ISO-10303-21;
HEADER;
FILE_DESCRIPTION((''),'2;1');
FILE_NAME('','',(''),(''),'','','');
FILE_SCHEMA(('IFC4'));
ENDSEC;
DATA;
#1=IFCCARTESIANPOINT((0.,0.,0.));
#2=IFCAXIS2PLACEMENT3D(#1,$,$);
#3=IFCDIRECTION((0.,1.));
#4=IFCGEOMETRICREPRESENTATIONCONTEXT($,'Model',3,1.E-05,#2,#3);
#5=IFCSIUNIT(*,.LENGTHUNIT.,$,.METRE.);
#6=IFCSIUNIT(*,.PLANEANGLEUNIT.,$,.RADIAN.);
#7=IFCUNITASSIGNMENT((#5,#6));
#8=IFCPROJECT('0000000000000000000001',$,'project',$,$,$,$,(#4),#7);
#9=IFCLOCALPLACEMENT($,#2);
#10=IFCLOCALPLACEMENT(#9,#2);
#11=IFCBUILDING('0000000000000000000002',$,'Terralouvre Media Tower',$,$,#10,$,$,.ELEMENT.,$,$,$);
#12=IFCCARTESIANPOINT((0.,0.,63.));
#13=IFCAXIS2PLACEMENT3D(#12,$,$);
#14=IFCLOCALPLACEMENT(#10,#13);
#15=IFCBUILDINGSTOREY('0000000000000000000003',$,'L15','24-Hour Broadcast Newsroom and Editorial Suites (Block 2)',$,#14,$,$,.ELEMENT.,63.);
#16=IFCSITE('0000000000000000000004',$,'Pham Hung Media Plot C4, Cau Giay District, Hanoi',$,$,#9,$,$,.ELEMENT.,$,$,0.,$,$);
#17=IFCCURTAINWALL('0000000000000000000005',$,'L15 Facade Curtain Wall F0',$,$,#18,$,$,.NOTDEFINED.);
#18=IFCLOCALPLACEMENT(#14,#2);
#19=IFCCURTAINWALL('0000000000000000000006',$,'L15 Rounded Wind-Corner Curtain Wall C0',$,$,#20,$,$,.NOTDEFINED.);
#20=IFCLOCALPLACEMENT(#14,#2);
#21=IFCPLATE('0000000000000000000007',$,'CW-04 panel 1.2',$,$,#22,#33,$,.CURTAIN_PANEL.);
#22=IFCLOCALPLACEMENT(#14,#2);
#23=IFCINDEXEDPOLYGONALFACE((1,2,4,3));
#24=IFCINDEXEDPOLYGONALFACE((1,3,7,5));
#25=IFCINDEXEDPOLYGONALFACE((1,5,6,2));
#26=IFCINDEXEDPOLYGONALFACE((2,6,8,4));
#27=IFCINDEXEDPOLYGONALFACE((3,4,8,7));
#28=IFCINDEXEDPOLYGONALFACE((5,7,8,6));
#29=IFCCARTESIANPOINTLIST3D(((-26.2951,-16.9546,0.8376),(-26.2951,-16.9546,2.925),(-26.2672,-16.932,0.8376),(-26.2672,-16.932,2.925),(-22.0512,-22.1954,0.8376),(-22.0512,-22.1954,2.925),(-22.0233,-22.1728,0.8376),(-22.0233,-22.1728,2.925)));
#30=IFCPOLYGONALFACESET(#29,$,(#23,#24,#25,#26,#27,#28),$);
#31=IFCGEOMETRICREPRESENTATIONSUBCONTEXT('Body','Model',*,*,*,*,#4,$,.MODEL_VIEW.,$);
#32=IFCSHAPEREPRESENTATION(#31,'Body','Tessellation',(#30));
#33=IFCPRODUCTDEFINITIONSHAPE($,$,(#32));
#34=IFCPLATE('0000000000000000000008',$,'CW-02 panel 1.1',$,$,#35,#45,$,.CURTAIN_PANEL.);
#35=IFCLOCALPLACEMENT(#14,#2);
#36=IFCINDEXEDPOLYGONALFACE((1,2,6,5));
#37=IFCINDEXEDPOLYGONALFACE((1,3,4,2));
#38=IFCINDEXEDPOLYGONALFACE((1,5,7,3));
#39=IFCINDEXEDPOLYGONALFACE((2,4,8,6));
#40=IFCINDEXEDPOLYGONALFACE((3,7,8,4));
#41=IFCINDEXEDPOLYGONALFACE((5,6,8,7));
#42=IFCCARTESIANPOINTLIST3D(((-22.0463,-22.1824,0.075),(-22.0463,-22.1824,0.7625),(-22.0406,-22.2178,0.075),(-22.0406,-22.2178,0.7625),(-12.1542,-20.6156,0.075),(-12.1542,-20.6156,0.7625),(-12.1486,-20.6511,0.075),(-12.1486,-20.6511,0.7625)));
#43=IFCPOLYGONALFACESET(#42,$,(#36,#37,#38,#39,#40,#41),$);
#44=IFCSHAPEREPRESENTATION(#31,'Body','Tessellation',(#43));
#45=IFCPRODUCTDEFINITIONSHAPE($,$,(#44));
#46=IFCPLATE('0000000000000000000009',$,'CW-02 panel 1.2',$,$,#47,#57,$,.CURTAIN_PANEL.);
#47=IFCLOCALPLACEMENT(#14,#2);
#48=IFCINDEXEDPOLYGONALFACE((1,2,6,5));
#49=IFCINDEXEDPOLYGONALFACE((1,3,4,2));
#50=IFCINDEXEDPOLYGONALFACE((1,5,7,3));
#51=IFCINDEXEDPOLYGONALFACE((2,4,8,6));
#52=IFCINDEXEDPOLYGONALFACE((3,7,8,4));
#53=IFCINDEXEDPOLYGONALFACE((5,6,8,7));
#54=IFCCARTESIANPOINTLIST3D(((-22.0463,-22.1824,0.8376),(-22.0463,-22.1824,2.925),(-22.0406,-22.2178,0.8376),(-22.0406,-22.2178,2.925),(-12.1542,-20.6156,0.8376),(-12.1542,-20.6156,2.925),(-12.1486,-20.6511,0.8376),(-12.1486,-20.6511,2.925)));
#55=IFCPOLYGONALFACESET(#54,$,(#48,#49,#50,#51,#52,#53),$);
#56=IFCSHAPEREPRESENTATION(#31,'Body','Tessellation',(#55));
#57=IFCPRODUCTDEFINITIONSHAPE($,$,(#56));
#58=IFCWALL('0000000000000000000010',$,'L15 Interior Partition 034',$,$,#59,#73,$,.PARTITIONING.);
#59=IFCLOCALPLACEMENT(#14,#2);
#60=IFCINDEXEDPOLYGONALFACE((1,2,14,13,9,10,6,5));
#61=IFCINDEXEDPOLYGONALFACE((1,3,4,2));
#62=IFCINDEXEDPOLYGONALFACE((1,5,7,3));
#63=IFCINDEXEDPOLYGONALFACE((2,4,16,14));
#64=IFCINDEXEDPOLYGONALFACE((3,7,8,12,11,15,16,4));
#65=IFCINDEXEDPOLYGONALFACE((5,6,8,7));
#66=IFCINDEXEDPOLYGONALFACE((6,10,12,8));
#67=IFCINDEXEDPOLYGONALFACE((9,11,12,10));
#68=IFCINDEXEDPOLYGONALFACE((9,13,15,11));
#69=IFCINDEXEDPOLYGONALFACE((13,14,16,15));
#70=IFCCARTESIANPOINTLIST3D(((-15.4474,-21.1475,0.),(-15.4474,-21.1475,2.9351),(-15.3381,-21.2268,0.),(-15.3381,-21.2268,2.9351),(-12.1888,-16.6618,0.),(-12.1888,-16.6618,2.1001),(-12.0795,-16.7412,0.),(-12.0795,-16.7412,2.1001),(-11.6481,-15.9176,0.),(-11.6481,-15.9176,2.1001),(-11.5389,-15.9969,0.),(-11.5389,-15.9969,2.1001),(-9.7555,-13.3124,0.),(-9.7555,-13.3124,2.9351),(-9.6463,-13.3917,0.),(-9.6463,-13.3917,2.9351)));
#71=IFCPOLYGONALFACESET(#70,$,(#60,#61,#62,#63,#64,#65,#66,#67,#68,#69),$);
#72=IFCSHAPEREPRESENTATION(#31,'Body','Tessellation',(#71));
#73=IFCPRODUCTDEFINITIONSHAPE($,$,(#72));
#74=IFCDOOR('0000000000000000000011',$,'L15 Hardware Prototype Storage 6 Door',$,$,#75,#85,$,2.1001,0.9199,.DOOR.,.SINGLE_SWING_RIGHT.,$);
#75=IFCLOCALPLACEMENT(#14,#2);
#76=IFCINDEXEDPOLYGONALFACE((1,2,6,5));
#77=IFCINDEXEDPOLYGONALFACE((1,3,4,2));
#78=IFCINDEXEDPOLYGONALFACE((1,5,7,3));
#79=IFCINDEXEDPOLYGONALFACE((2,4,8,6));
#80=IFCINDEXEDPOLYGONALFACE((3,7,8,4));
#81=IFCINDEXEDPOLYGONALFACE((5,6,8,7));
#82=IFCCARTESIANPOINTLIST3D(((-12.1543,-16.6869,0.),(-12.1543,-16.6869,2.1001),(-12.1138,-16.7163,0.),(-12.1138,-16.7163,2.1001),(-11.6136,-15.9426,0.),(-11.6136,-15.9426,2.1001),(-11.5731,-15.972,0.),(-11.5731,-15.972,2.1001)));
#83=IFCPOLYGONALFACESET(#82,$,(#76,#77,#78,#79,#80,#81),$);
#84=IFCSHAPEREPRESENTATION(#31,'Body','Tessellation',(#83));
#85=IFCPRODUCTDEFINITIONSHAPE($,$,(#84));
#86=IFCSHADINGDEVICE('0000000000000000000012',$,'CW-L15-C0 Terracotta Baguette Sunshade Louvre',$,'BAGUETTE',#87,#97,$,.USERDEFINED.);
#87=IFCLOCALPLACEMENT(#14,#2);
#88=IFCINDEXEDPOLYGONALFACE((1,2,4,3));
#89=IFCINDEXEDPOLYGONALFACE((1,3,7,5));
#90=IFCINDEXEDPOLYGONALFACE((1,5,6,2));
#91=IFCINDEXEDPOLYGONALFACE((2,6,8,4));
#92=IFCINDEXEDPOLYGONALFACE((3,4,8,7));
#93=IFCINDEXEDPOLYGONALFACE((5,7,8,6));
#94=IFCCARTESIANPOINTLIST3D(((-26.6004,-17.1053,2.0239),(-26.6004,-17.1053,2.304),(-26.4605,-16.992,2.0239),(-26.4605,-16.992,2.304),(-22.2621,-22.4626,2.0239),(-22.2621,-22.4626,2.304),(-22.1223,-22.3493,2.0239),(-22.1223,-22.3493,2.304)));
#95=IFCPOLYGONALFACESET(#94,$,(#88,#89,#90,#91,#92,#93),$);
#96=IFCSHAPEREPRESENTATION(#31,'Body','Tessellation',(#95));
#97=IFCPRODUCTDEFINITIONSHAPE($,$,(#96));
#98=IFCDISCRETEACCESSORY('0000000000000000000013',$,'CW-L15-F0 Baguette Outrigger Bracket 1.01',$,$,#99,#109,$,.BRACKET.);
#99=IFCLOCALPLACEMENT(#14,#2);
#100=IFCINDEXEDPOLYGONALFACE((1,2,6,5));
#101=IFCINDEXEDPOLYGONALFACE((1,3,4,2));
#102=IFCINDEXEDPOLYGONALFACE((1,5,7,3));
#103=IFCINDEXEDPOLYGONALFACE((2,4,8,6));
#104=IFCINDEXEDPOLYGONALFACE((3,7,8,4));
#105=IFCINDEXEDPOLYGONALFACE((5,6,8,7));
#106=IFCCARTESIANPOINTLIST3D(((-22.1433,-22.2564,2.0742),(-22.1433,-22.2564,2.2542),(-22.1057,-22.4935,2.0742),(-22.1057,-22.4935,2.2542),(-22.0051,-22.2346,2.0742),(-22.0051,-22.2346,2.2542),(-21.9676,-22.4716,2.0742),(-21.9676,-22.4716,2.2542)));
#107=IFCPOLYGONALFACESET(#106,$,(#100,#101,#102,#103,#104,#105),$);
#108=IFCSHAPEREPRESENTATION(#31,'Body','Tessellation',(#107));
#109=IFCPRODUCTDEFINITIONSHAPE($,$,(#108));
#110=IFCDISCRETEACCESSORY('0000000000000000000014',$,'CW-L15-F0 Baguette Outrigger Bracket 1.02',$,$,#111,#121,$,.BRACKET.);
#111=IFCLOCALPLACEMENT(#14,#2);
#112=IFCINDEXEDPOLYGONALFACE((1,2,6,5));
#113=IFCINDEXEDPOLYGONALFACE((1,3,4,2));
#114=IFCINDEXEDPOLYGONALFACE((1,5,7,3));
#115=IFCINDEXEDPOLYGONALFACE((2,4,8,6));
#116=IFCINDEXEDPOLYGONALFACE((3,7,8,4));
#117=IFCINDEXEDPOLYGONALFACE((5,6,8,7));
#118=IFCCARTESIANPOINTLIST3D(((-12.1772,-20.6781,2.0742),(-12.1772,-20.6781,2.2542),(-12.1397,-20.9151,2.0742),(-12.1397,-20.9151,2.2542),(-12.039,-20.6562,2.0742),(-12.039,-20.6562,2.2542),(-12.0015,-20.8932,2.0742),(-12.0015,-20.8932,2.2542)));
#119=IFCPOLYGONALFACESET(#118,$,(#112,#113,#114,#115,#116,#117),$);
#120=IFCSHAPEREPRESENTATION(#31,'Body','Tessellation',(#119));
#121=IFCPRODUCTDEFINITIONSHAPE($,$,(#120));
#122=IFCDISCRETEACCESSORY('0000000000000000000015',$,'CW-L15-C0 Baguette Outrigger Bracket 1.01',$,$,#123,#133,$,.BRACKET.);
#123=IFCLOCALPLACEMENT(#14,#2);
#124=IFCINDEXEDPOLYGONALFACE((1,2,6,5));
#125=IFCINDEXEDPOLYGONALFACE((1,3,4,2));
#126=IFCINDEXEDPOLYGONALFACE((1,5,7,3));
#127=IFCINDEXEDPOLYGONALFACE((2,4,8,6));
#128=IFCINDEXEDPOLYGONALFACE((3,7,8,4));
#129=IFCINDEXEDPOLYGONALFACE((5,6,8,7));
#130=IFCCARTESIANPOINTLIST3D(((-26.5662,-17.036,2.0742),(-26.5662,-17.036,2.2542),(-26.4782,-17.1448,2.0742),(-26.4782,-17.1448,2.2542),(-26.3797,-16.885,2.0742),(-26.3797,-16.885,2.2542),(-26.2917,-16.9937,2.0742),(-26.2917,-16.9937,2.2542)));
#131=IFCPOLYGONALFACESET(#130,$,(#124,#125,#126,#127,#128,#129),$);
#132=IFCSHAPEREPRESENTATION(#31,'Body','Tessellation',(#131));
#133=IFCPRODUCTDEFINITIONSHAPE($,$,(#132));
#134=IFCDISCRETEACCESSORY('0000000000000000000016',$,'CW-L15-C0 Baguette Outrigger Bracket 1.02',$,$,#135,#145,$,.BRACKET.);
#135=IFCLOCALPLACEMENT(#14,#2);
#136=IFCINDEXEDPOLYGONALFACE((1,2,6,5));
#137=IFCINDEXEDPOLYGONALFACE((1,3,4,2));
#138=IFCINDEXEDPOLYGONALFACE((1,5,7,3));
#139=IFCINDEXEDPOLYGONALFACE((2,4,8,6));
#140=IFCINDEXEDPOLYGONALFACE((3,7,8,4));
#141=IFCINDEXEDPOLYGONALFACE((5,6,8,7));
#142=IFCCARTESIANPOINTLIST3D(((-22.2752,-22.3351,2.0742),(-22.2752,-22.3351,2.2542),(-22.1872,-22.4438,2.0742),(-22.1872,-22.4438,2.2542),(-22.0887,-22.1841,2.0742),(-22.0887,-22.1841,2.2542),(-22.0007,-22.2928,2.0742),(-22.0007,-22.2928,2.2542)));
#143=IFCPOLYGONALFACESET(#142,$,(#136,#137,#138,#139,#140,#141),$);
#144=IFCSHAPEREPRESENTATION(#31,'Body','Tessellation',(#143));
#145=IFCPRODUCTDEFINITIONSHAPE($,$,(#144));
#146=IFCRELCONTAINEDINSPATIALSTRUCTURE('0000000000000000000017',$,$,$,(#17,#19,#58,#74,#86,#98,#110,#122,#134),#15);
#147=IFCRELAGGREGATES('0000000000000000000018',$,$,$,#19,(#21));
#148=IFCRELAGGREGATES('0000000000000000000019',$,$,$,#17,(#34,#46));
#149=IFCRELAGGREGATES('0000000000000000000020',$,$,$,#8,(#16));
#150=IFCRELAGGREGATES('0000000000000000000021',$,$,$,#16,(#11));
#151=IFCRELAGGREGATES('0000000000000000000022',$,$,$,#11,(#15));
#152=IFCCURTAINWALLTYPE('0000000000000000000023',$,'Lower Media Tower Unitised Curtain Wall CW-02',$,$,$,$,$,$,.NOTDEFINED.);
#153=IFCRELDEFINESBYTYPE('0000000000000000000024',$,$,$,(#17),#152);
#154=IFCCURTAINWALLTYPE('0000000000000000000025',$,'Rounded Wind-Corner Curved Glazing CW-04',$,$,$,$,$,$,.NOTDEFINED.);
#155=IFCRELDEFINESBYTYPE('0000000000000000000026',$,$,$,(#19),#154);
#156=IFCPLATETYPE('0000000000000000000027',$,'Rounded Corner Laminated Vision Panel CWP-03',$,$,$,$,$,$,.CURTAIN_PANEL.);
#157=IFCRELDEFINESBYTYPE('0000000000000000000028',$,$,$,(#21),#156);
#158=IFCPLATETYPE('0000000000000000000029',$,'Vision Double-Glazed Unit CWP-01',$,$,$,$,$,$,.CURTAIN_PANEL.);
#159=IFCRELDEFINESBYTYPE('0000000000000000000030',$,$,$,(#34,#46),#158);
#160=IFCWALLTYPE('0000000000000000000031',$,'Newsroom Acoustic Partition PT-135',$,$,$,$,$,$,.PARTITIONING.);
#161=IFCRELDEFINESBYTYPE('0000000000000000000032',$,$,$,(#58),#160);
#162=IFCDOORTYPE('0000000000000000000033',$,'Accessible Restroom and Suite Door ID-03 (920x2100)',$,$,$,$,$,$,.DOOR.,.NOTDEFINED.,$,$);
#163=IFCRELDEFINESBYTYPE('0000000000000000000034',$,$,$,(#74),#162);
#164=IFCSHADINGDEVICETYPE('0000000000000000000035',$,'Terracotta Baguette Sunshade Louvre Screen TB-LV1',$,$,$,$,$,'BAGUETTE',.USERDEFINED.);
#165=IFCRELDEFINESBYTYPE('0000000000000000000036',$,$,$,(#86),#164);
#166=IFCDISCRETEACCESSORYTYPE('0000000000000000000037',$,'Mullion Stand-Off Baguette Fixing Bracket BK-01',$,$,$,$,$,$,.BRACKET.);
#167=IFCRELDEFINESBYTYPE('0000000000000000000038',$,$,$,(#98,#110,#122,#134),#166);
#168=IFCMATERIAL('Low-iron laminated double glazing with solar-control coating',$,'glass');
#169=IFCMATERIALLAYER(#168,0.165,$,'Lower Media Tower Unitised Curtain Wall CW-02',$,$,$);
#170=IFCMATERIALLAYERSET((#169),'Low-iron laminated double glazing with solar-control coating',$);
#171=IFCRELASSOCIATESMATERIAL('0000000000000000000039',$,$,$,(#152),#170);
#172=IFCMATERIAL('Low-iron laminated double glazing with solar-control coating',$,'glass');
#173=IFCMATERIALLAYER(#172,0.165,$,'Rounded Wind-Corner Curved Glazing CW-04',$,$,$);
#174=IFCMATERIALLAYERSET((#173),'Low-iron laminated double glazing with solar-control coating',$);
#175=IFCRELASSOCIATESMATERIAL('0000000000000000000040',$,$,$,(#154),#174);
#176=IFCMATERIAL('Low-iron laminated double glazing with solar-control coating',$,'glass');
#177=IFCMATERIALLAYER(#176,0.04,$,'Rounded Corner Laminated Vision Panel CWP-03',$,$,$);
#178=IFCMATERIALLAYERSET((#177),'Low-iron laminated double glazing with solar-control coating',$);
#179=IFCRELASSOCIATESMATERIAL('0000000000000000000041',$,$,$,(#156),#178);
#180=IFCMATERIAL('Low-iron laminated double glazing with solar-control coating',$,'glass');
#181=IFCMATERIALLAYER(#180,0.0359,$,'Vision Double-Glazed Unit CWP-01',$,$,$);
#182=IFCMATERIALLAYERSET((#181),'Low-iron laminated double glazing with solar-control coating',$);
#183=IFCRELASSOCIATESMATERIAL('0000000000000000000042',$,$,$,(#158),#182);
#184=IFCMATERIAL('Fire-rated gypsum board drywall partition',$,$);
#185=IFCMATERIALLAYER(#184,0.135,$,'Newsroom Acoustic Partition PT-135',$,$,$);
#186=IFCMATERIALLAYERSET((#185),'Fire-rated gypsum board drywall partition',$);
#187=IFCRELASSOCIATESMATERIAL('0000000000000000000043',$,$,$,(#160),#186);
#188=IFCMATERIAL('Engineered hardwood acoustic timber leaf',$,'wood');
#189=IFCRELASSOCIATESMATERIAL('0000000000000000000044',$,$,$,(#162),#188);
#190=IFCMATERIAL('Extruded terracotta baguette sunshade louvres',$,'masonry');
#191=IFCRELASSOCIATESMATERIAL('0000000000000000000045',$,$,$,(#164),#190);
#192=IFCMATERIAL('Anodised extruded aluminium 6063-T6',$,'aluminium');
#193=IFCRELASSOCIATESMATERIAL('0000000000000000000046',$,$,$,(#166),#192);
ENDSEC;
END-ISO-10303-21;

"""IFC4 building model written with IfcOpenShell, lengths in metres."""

from ifc_helpers import new_model, si_unit, direction, frame, frame_2d, origin, origin_2d, place, context, subcontext, project, spatial, rectangle, extrude, material, layer, layer_set, type_object, element, fill, aggregate, save


model = new_model("IFC4")

# Units and contexts
model_context = context("Model", 3, precision=1e-05, world=origin(), true_north=direction((0.0, 1.0)))
body_context = subcontext(model_context, "Body", "Model", "MODEL_VIEW")
ifc_project = project(units=[si_unit("LENGTHUNIT", "METRE"), si_unit("PLANEANGLEUNIT", "RADIAN")], contexts=[model_context])

# Site, building, storey
site_placement = place(None, origin())
site = spatial("IfcSite", under=ifc_project, at=site_placement, Name="Pham Hung Media Plot C4, Cau Giay District, Hanoi", CompositionType="ELEMENT", RefElevation=0.0)
building_placement = place(site_placement, origin())
building = spatial("IfcBuilding", under=site, at=building_placement, Name="Terralouvre Media Tower", CompositionType="ELEMENT")
storey_placement = place(building_placement, frame((0.0, 0.0, 63.0)))
storey = spatial("IfcBuildingStorey", under=building, at=storey_placement, Name="L15", Description="24-Hour Broadcast Newsroom and Editorial Suites (Block 2)", CompositionType="ELEMENT", Elevation=63.0)

# Curtain wall
ifc_material_1 = material(Name="Low-iron laminated double glazing with solar-control coating", Category="glass")
ifc_layer_1 = layer(ifc_material_1, 0.165, Name="Lower Media Tower Unitised Curtain Wall CW-02")
ifc_layer_set_1 = layer_set([ifc_layer_1], Name="Low-iron laminated double glazing with solar-control coating")
curtain_wall_type_1 = type_object("IfcCurtainWallType", Name="Lower Media Tower Unitised Curtain Wall CW-02", PredefinedType="NOTDEFINED", material=ifc_layer_set_1)
curtain_wall_1_placement = place(storey_placement, origin())
curtain_wall_1 = element("IfcCurtainWall", 1, at=curtain_wall_1_placement, inside=storey, type_object=curtain_wall_type_1, Name="L15 Facade Curtain Wall F0", PredefinedType="NOTDEFINED")

# Curtain wall
ifc_material_2 = material(Name="Low-iron laminated double glazing with solar-control coating", Category="glass")
ifc_layer_2 = layer(ifc_material_2, 0.165, Name="Rounded Wind-Corner Curved Glazing CW-04")
ifc_layer_set_2 = layer_set([ifc_layer_2], Name="Low-iron laminated double glazing with solar-control coating")
curtain_wall_type_2 = type_object("IfcCurtainWallType", Name="Rounded Wind-Corner Curved Glazing CW-04", PredefinedType="NOTDEFINED", material=ifc_layer_set_2)
curtain_wall_2_placement = place(storey_placement, origin())
curtain_wall_2 = element("IfcCurtainWall", 2, at=curtain_wall_2_placement, inside=storey, type_object=curtain_wall_type_2, Name="L15 Rounded Wind-Corner Curtain Wall C0", PredefinedType="NOTDEFINED")

# Plates
ifc_material_3 = material(Name="Low-iron laminated double glazing with solar-control coating", Category="glass")
ifc_layer_3 = layer(ifc_material_3, 0.04, Name="Rounded Corner Laminated Vision Panel CWP-03")
ifc_layer_set_3 = layer_set([ifc_layer_3], Name="Low-iron laminated double glazing with solar-control coating")
plate_type_1 = type_object("IfcPlateType", Name="Rounded Corner Laminated Vision Panel CWP-03", PredefinedType="CURTAIN_PANEL", material=ifc_layer_set_3)
plate_1_placement = place(storey_placement, frame((-24.1592, -19.5637, 0.8376), z_axis=(0.0, 0.0, 1.0), x_axis=(0.62932, -0.777146, 0.0)))
plate_1 = element("IfcPlate", 3, at=plate_1_placement, type_object=plate_type_1, Name="CW-04 panel 1.2", PredefinedType="CURTAIN_PANEL", context=body_context, shape_type="SweptSolid", body=[
    extrude(rectangle(XDim=6.7437, YDim=0.0359, at=origin_2d()), origin(), (0.0, 0.0, 1.0), 2.0874),
])
aggregate(curtain_wall_2, [plate_1])
ifc_material_4 = material(Name="Low-iron laminated double glazing with solar-control coating", Category="glass")
ifc_layer_4 = layer(ifc_material_4, 0.0359, Name="Vision Double-Glazed Unit CWP-01")
ifc_layer_set_4 = layer_set([ifc_layer_4], Name="Low-iron laminated double glazing with solar-control coating")
plate_type_2 = type_object("IfcPlateType", Name="Vision Double-Glazed Unit CWP-01", PredefinedType="CURTAIN_PANEL", material=ifc_layer_set_4)
plate_2_placement = place(storey_placement, frame((-17.0974, -21.4167, 0.075), z_axis=(0.0, 0.0, 1.0), x_axis=(0.987688, 0.156434, 0.0)))
plate_2 = element("IfcPlate", 4, at=plate_2_placement, type_object=plate_type_2, Name="CW-02 panel 1.1", PredefinedType="CURTAIN_PANEL", context=body_context, shape_type="SweptSolid", body=[
    extrude(rectangle(XDim=10.0154, YDim=0.0359, at=origin_2d()), origin(), (0.0, 0.0, 1.0), 0.6875),
])
plate_3_placement = place(storey_placement, frame((-17.0974, -21.4167, 0.8376), z_axis=(0.0, 0.0, 1.0), x_axis=(0.987688, 0.156434, 0.0)))
plate_3 = element("IfcPlate", 5, at=plate_3_placement, type_object=plate_type_2, Name="CW-02 panel 1.2", PredefinedType="CURTAIN_PANEL", context=body_context, shape_type="SweptSolid", body=[
    extrude(rectangle(XDim=10.0154, YDim=0.0359, at=origin_2d()), origin(), (0.0, 0.0, 1.0), 2.0874),
])
aggregate(curtain_wall_1, [plate_2, plate_3])

# Wall, opening, door
ifc_material_5 = material(Name="Fire-rated gypsum board drywall partition")
ifc_layer_5 = layer(ifc_material_5, 0.135, Name="Newsroom Acoustic Partition PT-135")
ifc_layer_set_5 = layer_set([ifc_layer_5], Name="Fire-rated gypsum board drywall partition")
wall_type = type_object("IfcWallType", Name="Newsroom Acoustic Partition PT-135", PredefinedType="PARTITIONING", material=ifc_layer_set_5)
wall_placement = place(storey_placement, frame((-15.3928, -21.1873, 0.0), z_axis=(0.0, 0.0, 1.0), x_axis=(0.587737, 0.809052, 0.0)))
wall = element("IfcWall", 6, at=wall_placement, inside=storey, type_object=wall_type, Name="L15 Interior Partition 034", PredefinedType="PARTITIONING", context=body_context, shape_type="SweptSolid", body=[
    extrude(rectangle(XDim=9.6843, YDim=0.135, at=frame_2d((4.8423, 0.0))), origin(), (0.0, 0.0, 1.0), 2.9351),
])
opening_placement = place(wall_placement, frame((5.5444, 0.0, 0.0)))
opening = element("IfcOpeningElement", 7, at=opening_placement, cuts=wall, PredefinedType="OPENING", context=body_context, shape_type="SweptSolid", body=[
    extrude(rectangle(XDim=0.9199, YDim=2.1001, at=frame_2d((0.46, 1.05))), frame((0.0, 0.0774, 0.0), z_axis=(0.0, -1.0, 0.0), x_axis=(1.0, 0.0, 0.0)), (0.0, 0.0, 1.0), 0.155),
])
ifc_material_6 = material(Name="Engineered hardwood acoustic timber leaf", Category="wood")
door_type = type_object("IfcDoorType", Name="Accessible Restroom and Suite Door ID-03 (920x2100)", OperationType="NOTDEFINED", PredefinedType="DOOR", material=ifc_material_6)
door_placement = place(opening_placement, origin())
door = element("IfcDoor", 8, at=door_placement, inside=storey, type_object=door_type, Name="L15 Hardware Prototype Storage 6 Door", OperationType="SINGLE_SWING_RIGHT", OverallHeight=2.1001, OverallWidth=0.9199, PredefinedType="DOOR", context=body_context, shape_type="SweptSolid", body=[
    extrude(rectangle(XDim=0.9199, YDim=2.1001, at=frame_2d((0.46, 1.05))), frame((0.0, 0.0249, 0.0), z_axis=(0.0, -1.0, 0.0), x_axis=(1.0, 0.0, 0.0)), (0.0, 0.0, 1.0), 0.05),
])
fill(opening, door)

# Shading device
ifc_material_7 = material(Name="Extruded terracotta baguette sunshade louvres", Category="masonry")
shading_device_type = type_object("IfcShadingDeviceType", Name="Terracotta Baguette Sunshade Louvre Screen TB-LV1", ElementType="BAGUETTE", PredefinedType="USERDEFINED", material=ifc_material_7)
shading_device_placement = place(storey_placement, frame((-24.3613, -19.7273, 2.0239), z_axis=(0.0, 0.0, 1.0), x_axis=(0.62932, -0.777146, 0.0)))
element("IfcShadingDevice", 9, at=shading_device_placement, inside=storey, type_object=shading_device_type, Name="CW-L15-C0 Terracotta Baguette Sunshade Louvre", ObjectType="BAGUETTE", PredefinedType="USERDEFINED", context=body_context, shape_type="SweptSolid", body=[
    extrude(rectangle(XDim=6.8936, YDim=0.1799, at=origin_2d()), origin(), (0.0, 0.0, 1.0), 0.28),
])

# Discrete accessories
ifc_material_8 = material(Name="Anodised extruded aluminium 6063-T6", Category="aluminium")
discrete_accessory_type = type_object("IfcDiscreteAccessoryType", Name="Mullion Stand-Off Baguette Fixing Bracket BK-01", PredefinedType="BRACKET", material=ifc_material_8)
for number, where, z_axis, x_axis, name in (
    (10, (-22.0554, -22.364, 2.0742), (0.0, 0.0, 1.0), (0.987688, 0.156434, 0.0), "CW-L15-F0 Baguette Outrigger Bracket 1.01"),
    (11, (-12.0894, -20.7856, 2.0742), (0.0, 0.0, 1.0), (0.987688, 0.156434, 0.0), "CW-L15-F0 Baguette Outrigger Bracket 1.02"),
    (12, (-26.429, -17.0149, 2.0742), (0.0, 0.0, 1.0), (0.62932, -0.777146, 0.0), "CW-L15-C0 Baguette Outrigger Bracket 1.01"),
    (13, (-22.1379, -22.314, 2.0742), (0.0, 0.0, 1.0), (0.62932, -0.777146, 0.0), "CW-L15-C0 Baguette Outrigger Bracket 1.02"),
):
    element("IfcDiscreteAccessory", number, at=place(storey_placement, frame(where, z_axis=z_axis, x_axis=x_axis)), inside=storey, type_object=discrete_accessory_type, Name=name, PredefinedType="BRACKET", context=body_context, shape_type="SweptSolid", body=[
        extrude(rectangle(XDim=0.1399, YDim=0.24, at=origin_2d()), origin(), (0.0, 0.0, 1.0), 0.1799),
    ])

save(model, "model.ifc")
